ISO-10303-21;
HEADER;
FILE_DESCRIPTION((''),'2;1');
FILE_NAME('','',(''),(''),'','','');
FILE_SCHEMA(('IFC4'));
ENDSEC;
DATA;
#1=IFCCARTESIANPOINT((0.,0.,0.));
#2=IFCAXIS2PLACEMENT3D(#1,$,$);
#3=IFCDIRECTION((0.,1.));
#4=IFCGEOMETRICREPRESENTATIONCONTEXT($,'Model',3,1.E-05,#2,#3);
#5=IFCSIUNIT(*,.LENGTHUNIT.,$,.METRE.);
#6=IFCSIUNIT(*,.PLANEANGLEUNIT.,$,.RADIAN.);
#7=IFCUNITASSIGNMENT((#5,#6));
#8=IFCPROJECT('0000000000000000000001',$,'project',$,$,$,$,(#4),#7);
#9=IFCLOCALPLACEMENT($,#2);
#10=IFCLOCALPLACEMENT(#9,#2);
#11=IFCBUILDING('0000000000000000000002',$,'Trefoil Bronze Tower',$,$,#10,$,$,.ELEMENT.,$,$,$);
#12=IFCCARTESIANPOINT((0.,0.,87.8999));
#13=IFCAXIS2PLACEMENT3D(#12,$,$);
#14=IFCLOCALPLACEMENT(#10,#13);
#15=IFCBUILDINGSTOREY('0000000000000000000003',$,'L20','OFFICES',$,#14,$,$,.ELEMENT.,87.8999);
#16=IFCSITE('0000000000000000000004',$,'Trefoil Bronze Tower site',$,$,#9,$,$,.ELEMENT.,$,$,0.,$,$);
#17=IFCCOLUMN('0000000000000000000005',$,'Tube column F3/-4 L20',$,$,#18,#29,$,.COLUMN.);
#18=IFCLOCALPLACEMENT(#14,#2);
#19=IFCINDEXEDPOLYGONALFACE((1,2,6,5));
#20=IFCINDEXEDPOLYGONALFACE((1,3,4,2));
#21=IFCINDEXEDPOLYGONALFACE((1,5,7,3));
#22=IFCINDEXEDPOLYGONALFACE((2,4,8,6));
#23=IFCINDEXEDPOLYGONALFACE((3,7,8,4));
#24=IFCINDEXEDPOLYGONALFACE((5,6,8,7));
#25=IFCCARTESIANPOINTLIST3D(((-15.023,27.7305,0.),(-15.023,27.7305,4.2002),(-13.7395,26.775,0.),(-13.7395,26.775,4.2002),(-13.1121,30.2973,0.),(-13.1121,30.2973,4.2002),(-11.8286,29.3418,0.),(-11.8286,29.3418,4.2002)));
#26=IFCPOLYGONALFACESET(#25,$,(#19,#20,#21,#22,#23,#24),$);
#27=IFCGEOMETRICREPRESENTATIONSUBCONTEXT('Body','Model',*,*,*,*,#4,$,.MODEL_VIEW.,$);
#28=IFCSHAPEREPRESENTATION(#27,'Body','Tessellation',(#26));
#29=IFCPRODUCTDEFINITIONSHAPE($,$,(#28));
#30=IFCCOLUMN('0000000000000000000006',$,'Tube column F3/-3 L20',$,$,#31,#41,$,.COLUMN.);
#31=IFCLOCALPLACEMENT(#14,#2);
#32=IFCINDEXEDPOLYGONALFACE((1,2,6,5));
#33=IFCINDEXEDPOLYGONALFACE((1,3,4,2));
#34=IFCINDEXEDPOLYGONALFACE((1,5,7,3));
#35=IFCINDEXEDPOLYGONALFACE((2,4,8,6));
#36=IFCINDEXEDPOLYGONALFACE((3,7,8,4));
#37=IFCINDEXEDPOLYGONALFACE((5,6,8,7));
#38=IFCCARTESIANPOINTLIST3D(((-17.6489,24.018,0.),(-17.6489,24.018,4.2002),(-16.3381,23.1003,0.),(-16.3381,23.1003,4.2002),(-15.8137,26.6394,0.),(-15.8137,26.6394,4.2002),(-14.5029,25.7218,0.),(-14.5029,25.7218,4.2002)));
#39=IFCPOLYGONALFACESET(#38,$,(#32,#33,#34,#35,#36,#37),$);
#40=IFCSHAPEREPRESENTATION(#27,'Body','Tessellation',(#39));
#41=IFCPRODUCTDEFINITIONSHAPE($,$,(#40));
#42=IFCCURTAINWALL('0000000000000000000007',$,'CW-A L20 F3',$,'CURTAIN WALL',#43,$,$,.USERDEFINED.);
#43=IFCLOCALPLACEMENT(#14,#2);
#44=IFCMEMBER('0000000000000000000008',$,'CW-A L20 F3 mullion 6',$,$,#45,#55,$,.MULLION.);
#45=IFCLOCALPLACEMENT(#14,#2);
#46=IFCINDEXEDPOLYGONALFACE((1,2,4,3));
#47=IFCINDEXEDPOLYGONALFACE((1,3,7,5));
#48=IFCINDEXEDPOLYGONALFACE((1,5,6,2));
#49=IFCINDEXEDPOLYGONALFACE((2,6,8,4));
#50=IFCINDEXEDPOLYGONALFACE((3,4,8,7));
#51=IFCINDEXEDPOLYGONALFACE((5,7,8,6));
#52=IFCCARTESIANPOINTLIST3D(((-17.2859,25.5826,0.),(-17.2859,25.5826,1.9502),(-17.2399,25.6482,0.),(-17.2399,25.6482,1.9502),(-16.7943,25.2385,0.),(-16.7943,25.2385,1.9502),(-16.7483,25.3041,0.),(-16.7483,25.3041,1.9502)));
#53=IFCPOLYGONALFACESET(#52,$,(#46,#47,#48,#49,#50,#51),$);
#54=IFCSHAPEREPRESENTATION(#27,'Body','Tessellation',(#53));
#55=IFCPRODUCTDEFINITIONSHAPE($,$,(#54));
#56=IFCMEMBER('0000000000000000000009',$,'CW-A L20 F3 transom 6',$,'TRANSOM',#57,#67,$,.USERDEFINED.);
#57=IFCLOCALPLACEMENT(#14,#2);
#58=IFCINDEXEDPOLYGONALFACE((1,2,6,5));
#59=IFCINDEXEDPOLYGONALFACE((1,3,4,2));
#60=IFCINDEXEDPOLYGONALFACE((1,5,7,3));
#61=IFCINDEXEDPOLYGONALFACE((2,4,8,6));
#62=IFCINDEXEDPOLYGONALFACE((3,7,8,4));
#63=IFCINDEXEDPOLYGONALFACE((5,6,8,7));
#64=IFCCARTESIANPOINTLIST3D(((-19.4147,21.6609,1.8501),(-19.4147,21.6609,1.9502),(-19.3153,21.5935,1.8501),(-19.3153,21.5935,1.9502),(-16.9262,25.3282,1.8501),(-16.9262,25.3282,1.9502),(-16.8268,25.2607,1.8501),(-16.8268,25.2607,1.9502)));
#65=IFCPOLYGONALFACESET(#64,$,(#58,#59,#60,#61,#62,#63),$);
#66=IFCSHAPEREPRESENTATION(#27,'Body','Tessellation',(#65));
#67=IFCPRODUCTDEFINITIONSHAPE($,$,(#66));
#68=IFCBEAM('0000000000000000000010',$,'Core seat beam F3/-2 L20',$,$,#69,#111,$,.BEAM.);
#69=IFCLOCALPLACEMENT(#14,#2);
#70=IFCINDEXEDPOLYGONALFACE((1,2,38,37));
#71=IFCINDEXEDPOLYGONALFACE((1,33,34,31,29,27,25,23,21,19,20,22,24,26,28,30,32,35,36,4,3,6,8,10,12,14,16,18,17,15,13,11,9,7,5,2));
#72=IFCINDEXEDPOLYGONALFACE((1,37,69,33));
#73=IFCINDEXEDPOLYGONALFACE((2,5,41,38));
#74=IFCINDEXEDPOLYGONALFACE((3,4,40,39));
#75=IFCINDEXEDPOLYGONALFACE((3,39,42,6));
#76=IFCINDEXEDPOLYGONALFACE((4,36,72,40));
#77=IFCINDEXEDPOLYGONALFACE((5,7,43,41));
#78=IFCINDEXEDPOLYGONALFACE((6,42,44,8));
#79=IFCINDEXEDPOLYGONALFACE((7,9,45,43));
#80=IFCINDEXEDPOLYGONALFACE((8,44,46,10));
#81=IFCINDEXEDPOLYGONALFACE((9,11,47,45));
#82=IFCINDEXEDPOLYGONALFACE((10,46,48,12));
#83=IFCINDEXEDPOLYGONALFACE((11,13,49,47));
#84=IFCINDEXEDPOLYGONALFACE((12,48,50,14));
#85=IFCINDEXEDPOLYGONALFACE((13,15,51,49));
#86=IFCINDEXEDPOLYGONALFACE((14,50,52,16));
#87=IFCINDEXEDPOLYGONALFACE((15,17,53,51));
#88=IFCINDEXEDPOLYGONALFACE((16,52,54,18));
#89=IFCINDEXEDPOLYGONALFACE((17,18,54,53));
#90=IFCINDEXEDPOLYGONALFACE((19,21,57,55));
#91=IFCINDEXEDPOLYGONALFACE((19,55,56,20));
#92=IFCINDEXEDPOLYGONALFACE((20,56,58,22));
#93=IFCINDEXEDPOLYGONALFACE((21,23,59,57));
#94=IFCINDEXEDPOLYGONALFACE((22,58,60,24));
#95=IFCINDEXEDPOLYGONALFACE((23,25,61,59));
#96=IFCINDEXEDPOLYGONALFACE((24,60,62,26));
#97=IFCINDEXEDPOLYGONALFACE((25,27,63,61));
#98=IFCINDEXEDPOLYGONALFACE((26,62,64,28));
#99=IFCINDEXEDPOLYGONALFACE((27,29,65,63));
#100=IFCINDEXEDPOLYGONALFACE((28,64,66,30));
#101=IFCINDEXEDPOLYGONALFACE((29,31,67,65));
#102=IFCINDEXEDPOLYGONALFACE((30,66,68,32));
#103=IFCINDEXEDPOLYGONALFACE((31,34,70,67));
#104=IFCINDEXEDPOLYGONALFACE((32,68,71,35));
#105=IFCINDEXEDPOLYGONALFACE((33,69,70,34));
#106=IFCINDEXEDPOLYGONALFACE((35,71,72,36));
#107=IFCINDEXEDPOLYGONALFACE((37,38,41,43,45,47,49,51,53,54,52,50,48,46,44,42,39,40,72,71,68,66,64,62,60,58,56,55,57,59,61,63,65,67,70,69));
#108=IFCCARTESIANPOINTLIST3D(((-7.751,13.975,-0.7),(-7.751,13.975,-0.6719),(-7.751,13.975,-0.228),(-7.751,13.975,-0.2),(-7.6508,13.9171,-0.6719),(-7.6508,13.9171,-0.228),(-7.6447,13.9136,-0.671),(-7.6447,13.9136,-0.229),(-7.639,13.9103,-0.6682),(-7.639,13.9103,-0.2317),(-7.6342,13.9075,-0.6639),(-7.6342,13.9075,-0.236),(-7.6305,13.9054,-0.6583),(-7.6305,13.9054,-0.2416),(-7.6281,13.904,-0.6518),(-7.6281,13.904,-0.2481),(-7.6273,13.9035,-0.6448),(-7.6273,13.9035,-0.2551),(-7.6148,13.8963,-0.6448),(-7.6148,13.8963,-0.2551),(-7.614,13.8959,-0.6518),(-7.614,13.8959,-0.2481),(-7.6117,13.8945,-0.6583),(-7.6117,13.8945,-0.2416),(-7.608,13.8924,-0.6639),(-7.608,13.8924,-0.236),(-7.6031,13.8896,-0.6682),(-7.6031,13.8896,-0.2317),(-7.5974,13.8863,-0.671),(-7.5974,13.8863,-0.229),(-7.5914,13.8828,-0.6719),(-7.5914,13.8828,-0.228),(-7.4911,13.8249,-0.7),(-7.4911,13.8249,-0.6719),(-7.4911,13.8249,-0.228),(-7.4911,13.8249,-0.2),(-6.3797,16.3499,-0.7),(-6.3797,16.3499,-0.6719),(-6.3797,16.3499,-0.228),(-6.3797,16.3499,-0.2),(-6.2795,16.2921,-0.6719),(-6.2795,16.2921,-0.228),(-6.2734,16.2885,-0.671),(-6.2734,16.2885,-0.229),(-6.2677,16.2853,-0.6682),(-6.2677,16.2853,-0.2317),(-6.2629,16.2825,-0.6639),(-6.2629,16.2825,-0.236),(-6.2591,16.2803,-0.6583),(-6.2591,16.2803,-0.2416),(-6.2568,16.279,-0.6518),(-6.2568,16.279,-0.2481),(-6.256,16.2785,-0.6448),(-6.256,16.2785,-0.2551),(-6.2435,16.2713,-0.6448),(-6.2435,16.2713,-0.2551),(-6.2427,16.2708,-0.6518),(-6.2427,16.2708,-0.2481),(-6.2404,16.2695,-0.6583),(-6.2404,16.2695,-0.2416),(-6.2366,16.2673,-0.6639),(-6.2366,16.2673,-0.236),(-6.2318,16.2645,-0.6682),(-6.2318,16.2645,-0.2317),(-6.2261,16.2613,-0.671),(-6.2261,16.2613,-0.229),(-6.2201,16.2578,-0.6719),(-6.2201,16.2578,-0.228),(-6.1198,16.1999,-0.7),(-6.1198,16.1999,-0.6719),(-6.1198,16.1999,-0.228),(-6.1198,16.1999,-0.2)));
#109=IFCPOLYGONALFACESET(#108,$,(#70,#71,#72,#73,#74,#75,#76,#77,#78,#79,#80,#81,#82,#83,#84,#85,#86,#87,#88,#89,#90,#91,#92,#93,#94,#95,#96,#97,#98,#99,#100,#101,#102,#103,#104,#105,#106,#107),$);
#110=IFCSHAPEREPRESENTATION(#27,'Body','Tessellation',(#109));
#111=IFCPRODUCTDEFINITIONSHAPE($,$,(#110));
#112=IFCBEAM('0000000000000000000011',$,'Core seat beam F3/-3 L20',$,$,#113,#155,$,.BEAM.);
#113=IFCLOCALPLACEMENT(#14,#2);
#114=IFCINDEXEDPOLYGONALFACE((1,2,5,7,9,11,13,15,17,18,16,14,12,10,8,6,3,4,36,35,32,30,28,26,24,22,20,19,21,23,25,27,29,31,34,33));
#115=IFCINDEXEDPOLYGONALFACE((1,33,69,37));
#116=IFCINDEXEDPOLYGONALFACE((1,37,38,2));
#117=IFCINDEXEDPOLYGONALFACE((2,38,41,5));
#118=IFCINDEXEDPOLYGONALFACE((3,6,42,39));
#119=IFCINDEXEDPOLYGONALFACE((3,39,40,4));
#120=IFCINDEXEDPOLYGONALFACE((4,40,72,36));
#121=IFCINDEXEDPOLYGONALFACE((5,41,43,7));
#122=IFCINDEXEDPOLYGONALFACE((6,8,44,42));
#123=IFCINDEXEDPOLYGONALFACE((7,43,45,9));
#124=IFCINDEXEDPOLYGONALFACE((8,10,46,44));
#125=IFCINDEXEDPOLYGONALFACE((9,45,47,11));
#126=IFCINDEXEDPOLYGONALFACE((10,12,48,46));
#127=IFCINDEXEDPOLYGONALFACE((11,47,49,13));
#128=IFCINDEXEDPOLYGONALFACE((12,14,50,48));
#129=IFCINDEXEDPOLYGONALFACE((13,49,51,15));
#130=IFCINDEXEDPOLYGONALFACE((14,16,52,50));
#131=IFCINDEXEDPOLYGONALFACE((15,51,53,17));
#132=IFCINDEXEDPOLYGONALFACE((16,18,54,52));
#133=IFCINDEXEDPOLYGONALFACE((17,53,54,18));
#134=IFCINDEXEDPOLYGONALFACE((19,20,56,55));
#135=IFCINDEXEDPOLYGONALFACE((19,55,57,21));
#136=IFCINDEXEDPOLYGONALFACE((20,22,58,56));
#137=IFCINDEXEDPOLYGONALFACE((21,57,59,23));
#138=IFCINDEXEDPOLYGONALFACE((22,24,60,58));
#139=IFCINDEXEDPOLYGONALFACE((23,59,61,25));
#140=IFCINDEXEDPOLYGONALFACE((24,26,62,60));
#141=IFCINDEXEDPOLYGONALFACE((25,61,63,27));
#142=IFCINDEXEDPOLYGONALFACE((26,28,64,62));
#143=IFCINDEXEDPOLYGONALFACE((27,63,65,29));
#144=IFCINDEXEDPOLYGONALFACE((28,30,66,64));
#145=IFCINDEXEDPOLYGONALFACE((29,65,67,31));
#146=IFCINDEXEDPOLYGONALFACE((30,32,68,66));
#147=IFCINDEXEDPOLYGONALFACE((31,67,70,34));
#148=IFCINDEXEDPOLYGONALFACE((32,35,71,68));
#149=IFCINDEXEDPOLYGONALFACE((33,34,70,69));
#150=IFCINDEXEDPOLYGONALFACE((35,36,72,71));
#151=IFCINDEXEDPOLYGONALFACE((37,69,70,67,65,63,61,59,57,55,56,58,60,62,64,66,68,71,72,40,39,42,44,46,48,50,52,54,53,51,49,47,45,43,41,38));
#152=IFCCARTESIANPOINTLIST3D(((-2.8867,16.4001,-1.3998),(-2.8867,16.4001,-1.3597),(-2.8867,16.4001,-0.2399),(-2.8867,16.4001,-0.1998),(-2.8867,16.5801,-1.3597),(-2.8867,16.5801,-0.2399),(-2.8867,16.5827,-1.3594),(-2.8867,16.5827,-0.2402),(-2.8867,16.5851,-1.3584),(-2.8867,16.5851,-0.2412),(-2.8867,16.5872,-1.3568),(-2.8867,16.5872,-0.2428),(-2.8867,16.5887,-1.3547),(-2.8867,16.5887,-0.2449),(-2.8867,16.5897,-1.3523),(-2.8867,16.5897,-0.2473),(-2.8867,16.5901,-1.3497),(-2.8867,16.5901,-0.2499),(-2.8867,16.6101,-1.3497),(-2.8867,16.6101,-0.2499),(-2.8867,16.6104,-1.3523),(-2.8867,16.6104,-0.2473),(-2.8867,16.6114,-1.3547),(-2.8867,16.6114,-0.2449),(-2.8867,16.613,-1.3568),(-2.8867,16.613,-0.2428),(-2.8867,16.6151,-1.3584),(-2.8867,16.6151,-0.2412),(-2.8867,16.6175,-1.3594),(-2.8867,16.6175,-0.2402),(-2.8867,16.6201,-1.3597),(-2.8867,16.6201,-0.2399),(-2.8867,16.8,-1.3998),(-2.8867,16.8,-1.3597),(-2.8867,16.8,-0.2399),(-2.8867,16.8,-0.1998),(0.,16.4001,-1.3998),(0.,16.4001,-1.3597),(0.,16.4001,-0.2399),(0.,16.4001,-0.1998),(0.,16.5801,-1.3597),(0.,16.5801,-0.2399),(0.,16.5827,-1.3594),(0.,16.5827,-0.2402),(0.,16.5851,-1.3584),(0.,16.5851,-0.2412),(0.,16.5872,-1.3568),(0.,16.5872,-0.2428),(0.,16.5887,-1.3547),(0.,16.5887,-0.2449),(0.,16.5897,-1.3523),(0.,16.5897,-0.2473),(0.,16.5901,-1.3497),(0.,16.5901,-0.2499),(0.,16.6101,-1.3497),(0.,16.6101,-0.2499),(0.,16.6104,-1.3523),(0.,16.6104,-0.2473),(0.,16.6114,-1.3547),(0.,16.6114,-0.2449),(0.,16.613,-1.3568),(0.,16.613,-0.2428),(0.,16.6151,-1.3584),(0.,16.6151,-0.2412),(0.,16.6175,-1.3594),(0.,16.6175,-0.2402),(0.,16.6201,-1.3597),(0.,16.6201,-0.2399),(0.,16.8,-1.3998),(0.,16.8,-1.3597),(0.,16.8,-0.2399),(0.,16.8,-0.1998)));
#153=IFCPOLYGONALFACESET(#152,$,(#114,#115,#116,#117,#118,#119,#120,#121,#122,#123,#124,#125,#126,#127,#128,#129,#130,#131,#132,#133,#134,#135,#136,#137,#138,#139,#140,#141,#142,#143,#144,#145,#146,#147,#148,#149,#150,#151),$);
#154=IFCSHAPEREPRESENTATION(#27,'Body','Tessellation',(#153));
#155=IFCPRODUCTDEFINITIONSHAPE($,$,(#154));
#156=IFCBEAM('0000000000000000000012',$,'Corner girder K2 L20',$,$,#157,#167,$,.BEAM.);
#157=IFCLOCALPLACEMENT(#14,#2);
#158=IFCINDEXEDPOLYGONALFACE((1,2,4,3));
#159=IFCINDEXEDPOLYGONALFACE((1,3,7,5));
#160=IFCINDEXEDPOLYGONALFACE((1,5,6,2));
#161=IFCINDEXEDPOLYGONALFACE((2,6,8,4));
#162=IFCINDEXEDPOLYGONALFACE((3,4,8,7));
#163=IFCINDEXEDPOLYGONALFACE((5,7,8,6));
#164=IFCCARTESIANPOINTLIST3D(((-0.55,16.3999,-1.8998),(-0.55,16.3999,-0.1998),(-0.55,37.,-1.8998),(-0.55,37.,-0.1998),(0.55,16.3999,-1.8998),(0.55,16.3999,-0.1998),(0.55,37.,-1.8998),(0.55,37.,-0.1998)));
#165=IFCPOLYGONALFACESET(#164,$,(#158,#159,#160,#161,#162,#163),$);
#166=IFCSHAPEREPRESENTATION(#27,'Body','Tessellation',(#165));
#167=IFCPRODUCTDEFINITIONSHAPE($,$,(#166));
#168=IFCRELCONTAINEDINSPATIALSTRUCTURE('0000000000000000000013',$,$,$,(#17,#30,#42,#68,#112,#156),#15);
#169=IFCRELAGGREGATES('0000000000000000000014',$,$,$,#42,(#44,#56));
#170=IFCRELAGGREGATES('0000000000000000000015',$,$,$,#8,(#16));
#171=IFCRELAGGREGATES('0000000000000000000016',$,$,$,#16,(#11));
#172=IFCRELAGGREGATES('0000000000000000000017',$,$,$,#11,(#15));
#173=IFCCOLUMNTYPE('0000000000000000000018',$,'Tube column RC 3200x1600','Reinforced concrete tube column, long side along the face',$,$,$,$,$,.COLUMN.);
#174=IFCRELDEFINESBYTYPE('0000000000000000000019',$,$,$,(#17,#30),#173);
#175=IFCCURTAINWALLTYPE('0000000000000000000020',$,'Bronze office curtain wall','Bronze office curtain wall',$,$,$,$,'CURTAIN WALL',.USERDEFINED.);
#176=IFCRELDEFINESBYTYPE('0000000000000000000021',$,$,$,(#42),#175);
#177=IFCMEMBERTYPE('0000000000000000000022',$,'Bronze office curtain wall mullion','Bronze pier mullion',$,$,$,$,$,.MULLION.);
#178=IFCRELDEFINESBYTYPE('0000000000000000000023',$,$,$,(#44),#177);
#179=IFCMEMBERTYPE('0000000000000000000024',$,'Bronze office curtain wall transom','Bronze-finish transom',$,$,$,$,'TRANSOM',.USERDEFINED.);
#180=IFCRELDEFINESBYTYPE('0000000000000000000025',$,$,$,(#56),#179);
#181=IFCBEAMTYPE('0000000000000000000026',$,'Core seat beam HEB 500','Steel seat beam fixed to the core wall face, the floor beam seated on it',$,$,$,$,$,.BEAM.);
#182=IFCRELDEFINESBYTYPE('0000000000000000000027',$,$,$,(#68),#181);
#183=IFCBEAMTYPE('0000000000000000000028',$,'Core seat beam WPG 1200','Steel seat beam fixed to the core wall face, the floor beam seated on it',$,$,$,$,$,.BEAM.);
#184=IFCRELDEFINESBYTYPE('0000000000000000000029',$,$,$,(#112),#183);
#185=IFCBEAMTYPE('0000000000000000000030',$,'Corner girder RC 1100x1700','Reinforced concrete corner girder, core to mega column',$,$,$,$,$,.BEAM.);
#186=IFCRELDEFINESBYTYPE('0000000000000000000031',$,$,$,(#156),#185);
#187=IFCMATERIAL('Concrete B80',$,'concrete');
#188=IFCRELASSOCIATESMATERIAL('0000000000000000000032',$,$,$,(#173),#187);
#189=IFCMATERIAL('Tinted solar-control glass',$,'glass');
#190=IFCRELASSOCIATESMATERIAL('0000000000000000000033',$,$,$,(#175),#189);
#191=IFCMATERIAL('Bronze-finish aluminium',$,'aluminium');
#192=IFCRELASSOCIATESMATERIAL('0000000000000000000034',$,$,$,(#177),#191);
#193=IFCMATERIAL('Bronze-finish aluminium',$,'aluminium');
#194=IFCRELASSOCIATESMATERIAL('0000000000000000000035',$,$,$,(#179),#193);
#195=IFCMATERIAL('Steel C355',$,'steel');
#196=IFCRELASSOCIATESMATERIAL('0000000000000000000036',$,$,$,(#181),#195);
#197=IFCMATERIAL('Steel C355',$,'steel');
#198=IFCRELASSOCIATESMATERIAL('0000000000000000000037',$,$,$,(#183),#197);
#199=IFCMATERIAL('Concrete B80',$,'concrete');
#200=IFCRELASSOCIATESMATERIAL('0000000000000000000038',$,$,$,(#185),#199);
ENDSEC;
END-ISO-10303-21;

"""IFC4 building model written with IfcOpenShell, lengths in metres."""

from ifc_helpers import new_model, si_unit, direction, frame, origin, origin_2d, place, context, subcontext, project, spatial, rectangle, i_section, extrude, material, material_profile, profile_set, type_object, element, aggregate, save


model = new_model("IFC4")

# Units and contexts
model_context = context("Model", 3, precision=1e-05, world=origin(), true_north=direction((0.0, 1.0)))
body_context = subcontext(model_context, "Body", "Model", "MODEL_VIEW")
ifc_project = project(units=[si_unit("LENGTHUNIT", "METRE"), si_unit("PLANEANGLEUNIT", "RADIAN")], contexts=[model_context])

# Site, building, storey
site_placement = place(None, origin())
site = spatial("IfcSite", under=ifc_project, at=site_placement, Name="Trefoil Bronze Tower site", CompositionType="ELEMENT", RefElevation=0.0)
building_placement = place(site_placement, origin())
building = spatial("IfcBuilding", under=site, at=building_placement, Name="Trefoil Bronze Tower", CompositionType="ELEMENT")
storey_placement = place(building_placement, frame((0.0, 0.0, 87.8999)))
storey = spatial("IfcBuildingStorey", under=building, at=storey_placement, Name="L20", Description="OFFICES", CompositionType="ELEMENT", Elevation=87.8999)

# Columns
ifc_material_1 = material(Name="Concrete B80", Category="concrete")
ifc_material_profile_1 = material_profile(ifc_material_1, rectangle(XDim=3.2, YDim=1.6001, at=origin_2d()), Name="RC 3200x1600")
ifc_profile_set_1 = profile_set([ifc_material_profile_1], Name="Concrete B80")
column_type = type_object("IfcColumnType", Name="Tube column RC 3200x1600", Description="Reinforced concrete tube column, long side along the face", PredefinedType="COLUMN", material=ifc_profile_set_1)
for number, where, z_axis, x_axis, name in (
    (1, (-13.4258, 28.5361, 0.0), (0.0, 0.0, 1.0), (-0.597154, -0.802127, 0.0), "Tube column F3/-4 L20"),
    (2, (-16.0759, 24.8699, 0.0), (0.0, 0.0, 1.0), (-0.573502, -0.819204, 0.0), "Tube column F3/-3 L20"),
):
    element("IfcColumn", number, at=place(storey_placement, frame(where, z_axis=z_axis, x_axis=x_axis)), inside=storey, type_object=column_type, Name=name, PredefinedType="COLUMN", context=body_context, shape_type="SweptSolid", body=[
        extrude(rectangle(XDim=3.2, YDim=1.6001, at=origin_2d()), origin(), (0.0, 0.0, 1.0), 4.2002),
    ])

# Curtain wall, members
ifc_material_2 = material(Name="Tinted solar-control glass", Category="glass")
curtain_wall_type = type_object("IfcCurtainWallType", Name="Bronze office curtain wall", Description="Bronze office curtain wall", ElementType="CURTAIN WALL", PredefinedType="USERDEFINED", material=ifc_material_2)
curtain_wall_placement = place(storey_placement, origin())
curtain_wall = element("IfcCurtainWall", 3, at=curtain_wall_placement, inside=storey, type_object=curtain_wall_type, Name="CW-A L20 F3", ObjectType="CURTAIN WALL", PredefinedType="USERDEFINED")
ifc_material_3 = material(Name="Bronze-finish aluminium", Category="aluminium")
ifc_material_profile_2 = material_profile(ifc_material_3, rectangle(XDim=0.6001, YDim=0.0801, at=origin_2d()), Name="CW-A mullion")
ifc_profile_set_2 = profile_set([ifc_material_profile_2], Name="Bronze-finish aluminium")
member_type_1 = type_object("IfcMemberType", Name="Bronze office curtain wall mullion", Description="Bronze pier mullion", PredefinedType="MULLION", material=ifc_profile_set_2)
member_1_placement = place(storey_placement, frame((-17.0171, 25.4434, 0.0), z_axis=(0.0, 0.0, 1.0), x_axis=(0.819204, -0.573502, 0.0)))
member_1 = element("IfcMember", 4, at=member_1_placement, type_object=member_type_1, Name="CW-A L20 F3 mullion 6", PredefinedType="MULLION", context=body_context, shape_type="SweptSolid", body=[
    extrude(rectangle(XDim=0.6001, YDim=0.0801, at=origin_2d()), origin(), (0.0, 0.0, 1.0), 1.9502),
])
ifc_material_4 = material(Name="Bronze-finish aluminium", Category="aluminium")
ifc_material_profile_3 = material_profile(ifc_material_4, rectangle(XDim=0.1201, YDim=0.1001, at=origin_2d()), Name="CW-A transom")
ifc_profile_set_3 = profile_set([ifc_material_profile_3], Name="Bronze-finish aluminium")
member_type_2 = type_object("IfcMemberType", Name="Bronze office curtain wall transom", Description="Bronze-finish transom", ElementType="TRANSOM", PredefinedType="USERDEFINED", material=ifc_profile_set_3)
member_2_placement = place(storey_placement, frame((-16.8765, 25.2944, 1.9001), z_axis=(-0.561508, -0.827471, 0.0), x_axis=(0.827471, -0.561508, 0.0)))
member_2 = element("IfcMember", 5, at=member_2_placement, type_object=member_type_2, Name="CW-A L20 F3 transom 6", ObjectType="TRANSOM", PredefinedType="USERDEFINED", context=body_context, shape_type="SweptSolid", body=[
    extrude(rectangle(XDim=0.1201, YDim=0.1001, at=origin_2d()), origin(), (0.0, 0.0, 1.0), 4.4319),
])

# Beams
ifc_material_5 = material(Name="Steel C355", Category="steel")
ifc_material_profile_4 = material_profile(ifc_material_5, i_section(OverallWidth=0.3, OverallDepth=0.5, WebThickness=0.0144, FlangeThickness=0.0281, FilletRadius=0.0271, at=origin_2d()), Name="HEB 500")
ifc_profile_set_4 = profile_set([ifc_material_profile_4], Name="Steel C355")
beam_type_1 = type_object("IfcBeamType", Name="Core seat beam HEB 500", Description="Steel seat beam fixed to the core wall face, the floor beam seated on it", PredefinedType="BEAM", material=ifc_profile_set_4)
beam_1_placement = place(storey_placement, frame((-6.2498, 16.2749, -0.45), z_axis=(-0.500036, -0.866005, 0.0), x_axis=(0.866005, -0.500036, 0.0)))
element("IfcBeam", 6, at=beam_1_placement, inside=storey, type_object=beam_type_1, Name="Core seat beam F3/-2 L20", PredefinedType="BEAM", context=body_context, shape_type="SweptSolid", body=[
    extrude(i_section(OverallWidth=0.3, OverallDepth=0.5, WebThickness=0.0144, FlangeThickness=0.0281, FilletRadius=0.0271, at=origin_2d()), origin(), (0.0, 0.0, 1.0), 2.7424),
])
ifc_material_6 = material(Name="Steel C355", Category="steel")
ifc_material_profile_5 = material_profile(ifc_material_6, i_section(OverallWidth=0.3999, OverallDepth=1.2, WebThickness=0.02, FlangeThickness=0.04, FilletRadius=0.01, at=origin_2d()), Name="WPG 1200")
ifc_profile_set_5 = profile_set([ifc_material_profile_5], Name="Steel C355")
beam_type_2 = type_object("IfcBeamType", Name="Core seat beam WPG 1200", Description="Steel seat beam fixed to the core wall face, the floor beam seated on it", PredefinedType="BEAM", material=ifc_profile_set_5)
beam_2_placement = place(storey_placement, frame((0.0, 16.6001, -0.7998), z_axis=(-1.0, 0.0, 0.0), x_axis=(0.0, -1.0, 0.0)))
element("IfcBeam", 7, at=beam_2_placement, inside=storey, type_object=beam_type_2, Name="Core seat beam F3/-3 L20", PredefinedType="BEAM", context=body_context, shape_type="SweptSolid", body=[
    extrude(i_section(OverallWidth=0.3999, OverallDepth=1.2, WebThickness=0.02, FlangeThickness=0.04, FilletRadius=0.01, at=origin_2d()), origin(), (0.0, 0.0, 1.0), 2.8867),
])
ifc_material_7 = material(Name="Concrete B80", Category="concrete")
ifc_material_profile_6 = material_profile(ifc_material_7, rectangle(XDim=1.1001, YDim=1.7, at=origin_2d()), Name="RC 1100x1700")
ifc_profile_set_6 = profile_set([ifc_material_profile_6], Name="Concrete B80")
beam_type_3 = type_object("IfcBeamType", Name="Corner girder RC 1100x1700", Description="Reinforced concrete corner girder, core to mega column", PredefinedType="BEAM", material=ifc_profile_set_6)
beam_3_placement = place(storey_placement, frame((0.0, 16.3999, -1.0498), z_axis=(0.0, 1.0, 0.0), x_axis=(-1.0, 0.0, 0.0)))
element("IfcBeam", 8, at=beam_3_placement, inside=storey, type_object=beam_type_3, Name="Corner girder K2 L20", PredefinedType="BEAM", context=body_context, shape_type="SweptSolid", body=[
    extrude(rectangle(XDim=1.1001, YDim=1.7, at=origin_2d()), origin(), (0.0, 0.0, 1.0), 20.6001),
])

aggregate(curtain_wall, [member_1, member_2])

save(model, "model.ifc")
